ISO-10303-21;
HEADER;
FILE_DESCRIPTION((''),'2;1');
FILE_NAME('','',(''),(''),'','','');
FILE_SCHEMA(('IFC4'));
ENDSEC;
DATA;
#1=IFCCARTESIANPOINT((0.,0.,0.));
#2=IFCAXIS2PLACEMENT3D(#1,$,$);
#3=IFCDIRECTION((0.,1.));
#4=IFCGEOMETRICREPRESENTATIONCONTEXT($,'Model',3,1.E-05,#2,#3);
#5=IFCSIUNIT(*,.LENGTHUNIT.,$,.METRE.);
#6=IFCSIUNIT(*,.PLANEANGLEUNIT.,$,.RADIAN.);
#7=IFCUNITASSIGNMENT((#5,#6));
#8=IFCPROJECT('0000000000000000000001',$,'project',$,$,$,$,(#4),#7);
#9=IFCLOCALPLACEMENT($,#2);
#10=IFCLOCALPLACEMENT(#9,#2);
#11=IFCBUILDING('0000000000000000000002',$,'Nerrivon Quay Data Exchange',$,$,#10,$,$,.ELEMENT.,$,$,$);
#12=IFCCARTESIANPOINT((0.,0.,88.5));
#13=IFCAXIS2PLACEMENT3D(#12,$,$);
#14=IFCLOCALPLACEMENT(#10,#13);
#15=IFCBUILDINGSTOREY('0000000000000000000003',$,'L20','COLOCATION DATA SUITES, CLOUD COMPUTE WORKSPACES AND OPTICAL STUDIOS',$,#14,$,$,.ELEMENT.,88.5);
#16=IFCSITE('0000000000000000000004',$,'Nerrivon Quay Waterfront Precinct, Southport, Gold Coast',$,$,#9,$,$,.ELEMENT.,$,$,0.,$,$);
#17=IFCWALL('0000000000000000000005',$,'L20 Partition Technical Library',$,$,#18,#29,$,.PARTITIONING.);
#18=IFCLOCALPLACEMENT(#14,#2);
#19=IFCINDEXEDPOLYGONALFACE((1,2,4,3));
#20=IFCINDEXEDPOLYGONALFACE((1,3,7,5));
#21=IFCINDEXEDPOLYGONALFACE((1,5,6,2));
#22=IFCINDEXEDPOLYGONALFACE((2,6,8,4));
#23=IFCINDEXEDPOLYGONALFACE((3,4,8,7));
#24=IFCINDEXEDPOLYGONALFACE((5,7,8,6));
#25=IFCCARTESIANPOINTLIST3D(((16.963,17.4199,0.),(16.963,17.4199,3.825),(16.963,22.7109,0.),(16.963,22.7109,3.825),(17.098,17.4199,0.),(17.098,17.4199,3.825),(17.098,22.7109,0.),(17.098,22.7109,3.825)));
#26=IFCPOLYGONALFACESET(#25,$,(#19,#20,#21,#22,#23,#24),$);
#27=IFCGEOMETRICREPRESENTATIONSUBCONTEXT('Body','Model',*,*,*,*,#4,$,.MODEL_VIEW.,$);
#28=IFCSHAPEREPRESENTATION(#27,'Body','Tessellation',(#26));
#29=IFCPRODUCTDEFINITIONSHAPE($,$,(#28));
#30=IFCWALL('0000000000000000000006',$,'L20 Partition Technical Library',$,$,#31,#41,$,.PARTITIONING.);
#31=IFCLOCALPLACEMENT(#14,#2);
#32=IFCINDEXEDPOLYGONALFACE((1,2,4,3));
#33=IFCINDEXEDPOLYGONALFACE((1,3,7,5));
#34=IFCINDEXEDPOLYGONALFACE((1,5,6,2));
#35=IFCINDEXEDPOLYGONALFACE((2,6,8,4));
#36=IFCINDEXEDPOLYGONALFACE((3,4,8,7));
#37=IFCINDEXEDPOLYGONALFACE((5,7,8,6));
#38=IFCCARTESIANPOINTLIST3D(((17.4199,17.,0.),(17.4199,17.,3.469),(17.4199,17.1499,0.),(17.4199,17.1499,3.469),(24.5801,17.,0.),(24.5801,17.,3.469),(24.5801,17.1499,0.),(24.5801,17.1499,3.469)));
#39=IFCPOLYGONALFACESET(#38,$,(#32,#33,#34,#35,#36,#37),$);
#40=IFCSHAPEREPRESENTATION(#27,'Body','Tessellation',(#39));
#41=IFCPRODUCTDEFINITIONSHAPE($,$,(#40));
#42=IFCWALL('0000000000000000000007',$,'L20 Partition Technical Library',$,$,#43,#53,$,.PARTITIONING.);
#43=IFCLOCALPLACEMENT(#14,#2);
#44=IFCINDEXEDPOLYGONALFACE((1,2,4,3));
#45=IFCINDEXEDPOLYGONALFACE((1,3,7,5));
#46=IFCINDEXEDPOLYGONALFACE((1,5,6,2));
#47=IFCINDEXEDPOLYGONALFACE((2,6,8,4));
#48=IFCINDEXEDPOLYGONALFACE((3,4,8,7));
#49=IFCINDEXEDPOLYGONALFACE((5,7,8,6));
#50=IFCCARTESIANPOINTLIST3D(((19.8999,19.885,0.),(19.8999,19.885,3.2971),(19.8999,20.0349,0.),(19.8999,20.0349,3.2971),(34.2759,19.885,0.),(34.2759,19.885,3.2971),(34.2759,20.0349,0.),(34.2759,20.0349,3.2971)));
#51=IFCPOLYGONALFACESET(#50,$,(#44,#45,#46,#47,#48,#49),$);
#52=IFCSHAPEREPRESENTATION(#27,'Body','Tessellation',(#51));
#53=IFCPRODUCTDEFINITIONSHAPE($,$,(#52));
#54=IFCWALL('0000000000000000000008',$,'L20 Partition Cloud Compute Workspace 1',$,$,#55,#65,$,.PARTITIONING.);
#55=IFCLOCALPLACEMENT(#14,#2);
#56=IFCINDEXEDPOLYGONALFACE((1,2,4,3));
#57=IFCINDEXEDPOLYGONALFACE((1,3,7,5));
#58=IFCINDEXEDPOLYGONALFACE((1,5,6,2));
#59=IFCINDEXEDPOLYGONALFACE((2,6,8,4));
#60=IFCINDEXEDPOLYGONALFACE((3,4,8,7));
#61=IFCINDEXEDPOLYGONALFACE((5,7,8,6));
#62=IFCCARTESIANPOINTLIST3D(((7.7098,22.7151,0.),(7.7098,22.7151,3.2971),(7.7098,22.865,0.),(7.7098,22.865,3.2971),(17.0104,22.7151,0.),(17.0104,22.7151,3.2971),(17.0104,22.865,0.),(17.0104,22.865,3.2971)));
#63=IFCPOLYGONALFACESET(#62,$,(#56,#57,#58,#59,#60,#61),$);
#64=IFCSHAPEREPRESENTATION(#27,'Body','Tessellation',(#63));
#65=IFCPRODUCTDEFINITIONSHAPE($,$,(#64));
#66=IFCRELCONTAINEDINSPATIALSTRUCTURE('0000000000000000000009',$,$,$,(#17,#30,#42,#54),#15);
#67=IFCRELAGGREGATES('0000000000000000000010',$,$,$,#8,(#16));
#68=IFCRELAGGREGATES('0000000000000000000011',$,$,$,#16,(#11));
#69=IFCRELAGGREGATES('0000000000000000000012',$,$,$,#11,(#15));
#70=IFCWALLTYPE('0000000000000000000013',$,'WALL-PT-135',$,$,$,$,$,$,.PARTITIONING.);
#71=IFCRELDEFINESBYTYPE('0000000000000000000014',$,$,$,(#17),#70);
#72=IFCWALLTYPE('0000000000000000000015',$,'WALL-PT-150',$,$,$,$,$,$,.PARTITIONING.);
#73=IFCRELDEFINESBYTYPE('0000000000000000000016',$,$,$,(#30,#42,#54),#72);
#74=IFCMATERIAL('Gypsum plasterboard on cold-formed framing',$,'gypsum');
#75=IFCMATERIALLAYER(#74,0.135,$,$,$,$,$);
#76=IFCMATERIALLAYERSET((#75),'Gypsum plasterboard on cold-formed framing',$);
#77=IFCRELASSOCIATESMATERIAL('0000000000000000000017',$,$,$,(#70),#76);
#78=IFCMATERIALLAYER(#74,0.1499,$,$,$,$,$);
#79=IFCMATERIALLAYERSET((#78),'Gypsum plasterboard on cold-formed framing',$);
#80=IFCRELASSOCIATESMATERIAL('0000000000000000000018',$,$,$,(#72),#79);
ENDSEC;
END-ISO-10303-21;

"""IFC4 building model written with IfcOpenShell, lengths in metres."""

from ifc_helpers import new_model, si_unit, direction, frame, frame_2d, origin, place, context, subcontext, project, spatial, rectangle, extrude, material, layer, layer_set, type_object, element, save


model = new_model("IFC4")

# Units and contexts
model_context = context("Model", 3, precision=1e-05, world=origin(), true_north=direction((0.0, 1.0)))
body_context = subcontext(model_context, "Body", "Model", "MODEL_VIEW")
ifc_project = project(units=[si_unit("LENGTHUNIT", "METRE"), si_unit("PLANEANGLEUNIT", "RADIAN")], contexts=[model_context])

# Site, building, storey
site_placement = place(None, origin())
site = spatial("IfcSite", under=ifc_project, at=site_placement, Name="Nerrivon Quay Waterfront Precinct, Southport, Gold Coast", CompositionType="ELEMENT", RefElevation=0.0)
building_placement = place(site_placement, origin())
building = spatial("IfcBuilding", under=site, at=building_placement, Name="Nerrivon Quay Data Exchange", CompositionType="ELEMENT")
storey_placement = place(building_placement, frame((0.0, 0.0, 88.5)))
storey = spatial("IfcBuildingStorey", under=building, at=storey_placement, Name="L20", Description="COLOCATION DATA SUITES, CLOUD COMPUTE WORKSPACES AND OPTICAL STUDIOS", CompositionType="ELEMENT", Elevation=88.5)

# Shared definitions
ifc_material_1 = material(Name="Gypsum plasterboard on cold-formed framing", Category="gypsum")

# Walls
ifc_layer_1 = layer(ifc_material_1, 0.135)
ifc_layer_set_1 = layer_set([ifc_layer_1], Name="Gypsum plasterboard on cold-formed framing")
wall_type_1 = type_object("IfcWallType", Name="WALL-PT-135", PredefinedType="PARTITIONING", material=ifc_layer_set_1)
wall_1_placement = place(storey_placement, frame((17.0305, 22.7109, 0.0), z_axis=(0.0, 0.0, 1.0), x_axis=(0.0, -1.0, 0.0)))
element("IfcWall", 1, at=wall_1_placement, inside=storey, type_object=wall_type_1, Name="L20 Partition Technical Library", PredefinedType="PARTITIONING", context=body_context, shape_type="SweptSolid", body=[
    extrude(rectangle(XDim=5.291, YDim=0.135, at=frame_2d((2.6455, 0.0))), origin(), (0.0, 0.0, 1.0), 3.825),
])
ifc_layer_2 = layer(ifc_material_1, 0.1499)
ifc_layer_set_2 = layer_set([ifc_layer_2], Name="Gypsum plasterboard on cold-formed framing")
wall_type_2 = type_object("IfcWallType", Name="WALL-PT-150", PredefinedType="PARTITIONING", material=ifc_layer_set_2)
wall_2_placement = place(storey_placement, frame((17.4199, 17.075, 0.0), z_axis=(0.0, 0.0, 1.0), x_axis=(1.0, 0.0, 0.0)))
element("IfcWall", 2, at=wall_2_placement, inside=storey, type_object=wall_type_2, Name="L20 Partition Technical Library", PredefinedType="PARTITIONING", context=body_context, shape_type="SweptSolid", body=[
    extrude(rectangle(XDim=7.1602, YDim=0.1499, at=frame_2d((3.5801, 0.0))), origin(), (0.0, 0.0, 1.0), 3.469),
])
wall_3_placement = place(storey_placement, frame((19.8999, 19.96, 0.0), z_axis=(0.0, 0.0, 1.0), x_axis=(1.0, 0.0, 0.0)))
element("IfcWall", 3, at=wall_3_placement, inside=storey, type_object=wall_type_2, Name="L20 Partition Technical Library", PredefinedType="PARTITIONING", context=body_context, shape_type="SweptSolid", body=[
    extrude(rectangle(XDim=14.376, YDim=0.1499, at=frame_2d((7.188, 0.0))), origin(), (0.0, 0.0, 1.0), 3.2971),
])
wall_4_placement = place(storey_placement, frame((17.0105, 22.79, 0.0), z_axis=(0.0, 0.0, 1.0), x_axis=(-1.0, 0.0, 0.0)))
element("IfcWall", 4, at=wall_4_placement, inside=storey, type_object=wall_type_2, Name="L20 Partition Cloud Compute Workspace 1", PredefinedType="PARTITIONING", context=body_context, shape_type="SweptSolid", body=[
    extrude(rectangle(XDim=9.3005, YDim=0.1499, at=frame_2d((4.6504, 0.0))), origin(), (0.0, 0.0, 1.0), 3.2971),
])

save(model, "model.ifc")
